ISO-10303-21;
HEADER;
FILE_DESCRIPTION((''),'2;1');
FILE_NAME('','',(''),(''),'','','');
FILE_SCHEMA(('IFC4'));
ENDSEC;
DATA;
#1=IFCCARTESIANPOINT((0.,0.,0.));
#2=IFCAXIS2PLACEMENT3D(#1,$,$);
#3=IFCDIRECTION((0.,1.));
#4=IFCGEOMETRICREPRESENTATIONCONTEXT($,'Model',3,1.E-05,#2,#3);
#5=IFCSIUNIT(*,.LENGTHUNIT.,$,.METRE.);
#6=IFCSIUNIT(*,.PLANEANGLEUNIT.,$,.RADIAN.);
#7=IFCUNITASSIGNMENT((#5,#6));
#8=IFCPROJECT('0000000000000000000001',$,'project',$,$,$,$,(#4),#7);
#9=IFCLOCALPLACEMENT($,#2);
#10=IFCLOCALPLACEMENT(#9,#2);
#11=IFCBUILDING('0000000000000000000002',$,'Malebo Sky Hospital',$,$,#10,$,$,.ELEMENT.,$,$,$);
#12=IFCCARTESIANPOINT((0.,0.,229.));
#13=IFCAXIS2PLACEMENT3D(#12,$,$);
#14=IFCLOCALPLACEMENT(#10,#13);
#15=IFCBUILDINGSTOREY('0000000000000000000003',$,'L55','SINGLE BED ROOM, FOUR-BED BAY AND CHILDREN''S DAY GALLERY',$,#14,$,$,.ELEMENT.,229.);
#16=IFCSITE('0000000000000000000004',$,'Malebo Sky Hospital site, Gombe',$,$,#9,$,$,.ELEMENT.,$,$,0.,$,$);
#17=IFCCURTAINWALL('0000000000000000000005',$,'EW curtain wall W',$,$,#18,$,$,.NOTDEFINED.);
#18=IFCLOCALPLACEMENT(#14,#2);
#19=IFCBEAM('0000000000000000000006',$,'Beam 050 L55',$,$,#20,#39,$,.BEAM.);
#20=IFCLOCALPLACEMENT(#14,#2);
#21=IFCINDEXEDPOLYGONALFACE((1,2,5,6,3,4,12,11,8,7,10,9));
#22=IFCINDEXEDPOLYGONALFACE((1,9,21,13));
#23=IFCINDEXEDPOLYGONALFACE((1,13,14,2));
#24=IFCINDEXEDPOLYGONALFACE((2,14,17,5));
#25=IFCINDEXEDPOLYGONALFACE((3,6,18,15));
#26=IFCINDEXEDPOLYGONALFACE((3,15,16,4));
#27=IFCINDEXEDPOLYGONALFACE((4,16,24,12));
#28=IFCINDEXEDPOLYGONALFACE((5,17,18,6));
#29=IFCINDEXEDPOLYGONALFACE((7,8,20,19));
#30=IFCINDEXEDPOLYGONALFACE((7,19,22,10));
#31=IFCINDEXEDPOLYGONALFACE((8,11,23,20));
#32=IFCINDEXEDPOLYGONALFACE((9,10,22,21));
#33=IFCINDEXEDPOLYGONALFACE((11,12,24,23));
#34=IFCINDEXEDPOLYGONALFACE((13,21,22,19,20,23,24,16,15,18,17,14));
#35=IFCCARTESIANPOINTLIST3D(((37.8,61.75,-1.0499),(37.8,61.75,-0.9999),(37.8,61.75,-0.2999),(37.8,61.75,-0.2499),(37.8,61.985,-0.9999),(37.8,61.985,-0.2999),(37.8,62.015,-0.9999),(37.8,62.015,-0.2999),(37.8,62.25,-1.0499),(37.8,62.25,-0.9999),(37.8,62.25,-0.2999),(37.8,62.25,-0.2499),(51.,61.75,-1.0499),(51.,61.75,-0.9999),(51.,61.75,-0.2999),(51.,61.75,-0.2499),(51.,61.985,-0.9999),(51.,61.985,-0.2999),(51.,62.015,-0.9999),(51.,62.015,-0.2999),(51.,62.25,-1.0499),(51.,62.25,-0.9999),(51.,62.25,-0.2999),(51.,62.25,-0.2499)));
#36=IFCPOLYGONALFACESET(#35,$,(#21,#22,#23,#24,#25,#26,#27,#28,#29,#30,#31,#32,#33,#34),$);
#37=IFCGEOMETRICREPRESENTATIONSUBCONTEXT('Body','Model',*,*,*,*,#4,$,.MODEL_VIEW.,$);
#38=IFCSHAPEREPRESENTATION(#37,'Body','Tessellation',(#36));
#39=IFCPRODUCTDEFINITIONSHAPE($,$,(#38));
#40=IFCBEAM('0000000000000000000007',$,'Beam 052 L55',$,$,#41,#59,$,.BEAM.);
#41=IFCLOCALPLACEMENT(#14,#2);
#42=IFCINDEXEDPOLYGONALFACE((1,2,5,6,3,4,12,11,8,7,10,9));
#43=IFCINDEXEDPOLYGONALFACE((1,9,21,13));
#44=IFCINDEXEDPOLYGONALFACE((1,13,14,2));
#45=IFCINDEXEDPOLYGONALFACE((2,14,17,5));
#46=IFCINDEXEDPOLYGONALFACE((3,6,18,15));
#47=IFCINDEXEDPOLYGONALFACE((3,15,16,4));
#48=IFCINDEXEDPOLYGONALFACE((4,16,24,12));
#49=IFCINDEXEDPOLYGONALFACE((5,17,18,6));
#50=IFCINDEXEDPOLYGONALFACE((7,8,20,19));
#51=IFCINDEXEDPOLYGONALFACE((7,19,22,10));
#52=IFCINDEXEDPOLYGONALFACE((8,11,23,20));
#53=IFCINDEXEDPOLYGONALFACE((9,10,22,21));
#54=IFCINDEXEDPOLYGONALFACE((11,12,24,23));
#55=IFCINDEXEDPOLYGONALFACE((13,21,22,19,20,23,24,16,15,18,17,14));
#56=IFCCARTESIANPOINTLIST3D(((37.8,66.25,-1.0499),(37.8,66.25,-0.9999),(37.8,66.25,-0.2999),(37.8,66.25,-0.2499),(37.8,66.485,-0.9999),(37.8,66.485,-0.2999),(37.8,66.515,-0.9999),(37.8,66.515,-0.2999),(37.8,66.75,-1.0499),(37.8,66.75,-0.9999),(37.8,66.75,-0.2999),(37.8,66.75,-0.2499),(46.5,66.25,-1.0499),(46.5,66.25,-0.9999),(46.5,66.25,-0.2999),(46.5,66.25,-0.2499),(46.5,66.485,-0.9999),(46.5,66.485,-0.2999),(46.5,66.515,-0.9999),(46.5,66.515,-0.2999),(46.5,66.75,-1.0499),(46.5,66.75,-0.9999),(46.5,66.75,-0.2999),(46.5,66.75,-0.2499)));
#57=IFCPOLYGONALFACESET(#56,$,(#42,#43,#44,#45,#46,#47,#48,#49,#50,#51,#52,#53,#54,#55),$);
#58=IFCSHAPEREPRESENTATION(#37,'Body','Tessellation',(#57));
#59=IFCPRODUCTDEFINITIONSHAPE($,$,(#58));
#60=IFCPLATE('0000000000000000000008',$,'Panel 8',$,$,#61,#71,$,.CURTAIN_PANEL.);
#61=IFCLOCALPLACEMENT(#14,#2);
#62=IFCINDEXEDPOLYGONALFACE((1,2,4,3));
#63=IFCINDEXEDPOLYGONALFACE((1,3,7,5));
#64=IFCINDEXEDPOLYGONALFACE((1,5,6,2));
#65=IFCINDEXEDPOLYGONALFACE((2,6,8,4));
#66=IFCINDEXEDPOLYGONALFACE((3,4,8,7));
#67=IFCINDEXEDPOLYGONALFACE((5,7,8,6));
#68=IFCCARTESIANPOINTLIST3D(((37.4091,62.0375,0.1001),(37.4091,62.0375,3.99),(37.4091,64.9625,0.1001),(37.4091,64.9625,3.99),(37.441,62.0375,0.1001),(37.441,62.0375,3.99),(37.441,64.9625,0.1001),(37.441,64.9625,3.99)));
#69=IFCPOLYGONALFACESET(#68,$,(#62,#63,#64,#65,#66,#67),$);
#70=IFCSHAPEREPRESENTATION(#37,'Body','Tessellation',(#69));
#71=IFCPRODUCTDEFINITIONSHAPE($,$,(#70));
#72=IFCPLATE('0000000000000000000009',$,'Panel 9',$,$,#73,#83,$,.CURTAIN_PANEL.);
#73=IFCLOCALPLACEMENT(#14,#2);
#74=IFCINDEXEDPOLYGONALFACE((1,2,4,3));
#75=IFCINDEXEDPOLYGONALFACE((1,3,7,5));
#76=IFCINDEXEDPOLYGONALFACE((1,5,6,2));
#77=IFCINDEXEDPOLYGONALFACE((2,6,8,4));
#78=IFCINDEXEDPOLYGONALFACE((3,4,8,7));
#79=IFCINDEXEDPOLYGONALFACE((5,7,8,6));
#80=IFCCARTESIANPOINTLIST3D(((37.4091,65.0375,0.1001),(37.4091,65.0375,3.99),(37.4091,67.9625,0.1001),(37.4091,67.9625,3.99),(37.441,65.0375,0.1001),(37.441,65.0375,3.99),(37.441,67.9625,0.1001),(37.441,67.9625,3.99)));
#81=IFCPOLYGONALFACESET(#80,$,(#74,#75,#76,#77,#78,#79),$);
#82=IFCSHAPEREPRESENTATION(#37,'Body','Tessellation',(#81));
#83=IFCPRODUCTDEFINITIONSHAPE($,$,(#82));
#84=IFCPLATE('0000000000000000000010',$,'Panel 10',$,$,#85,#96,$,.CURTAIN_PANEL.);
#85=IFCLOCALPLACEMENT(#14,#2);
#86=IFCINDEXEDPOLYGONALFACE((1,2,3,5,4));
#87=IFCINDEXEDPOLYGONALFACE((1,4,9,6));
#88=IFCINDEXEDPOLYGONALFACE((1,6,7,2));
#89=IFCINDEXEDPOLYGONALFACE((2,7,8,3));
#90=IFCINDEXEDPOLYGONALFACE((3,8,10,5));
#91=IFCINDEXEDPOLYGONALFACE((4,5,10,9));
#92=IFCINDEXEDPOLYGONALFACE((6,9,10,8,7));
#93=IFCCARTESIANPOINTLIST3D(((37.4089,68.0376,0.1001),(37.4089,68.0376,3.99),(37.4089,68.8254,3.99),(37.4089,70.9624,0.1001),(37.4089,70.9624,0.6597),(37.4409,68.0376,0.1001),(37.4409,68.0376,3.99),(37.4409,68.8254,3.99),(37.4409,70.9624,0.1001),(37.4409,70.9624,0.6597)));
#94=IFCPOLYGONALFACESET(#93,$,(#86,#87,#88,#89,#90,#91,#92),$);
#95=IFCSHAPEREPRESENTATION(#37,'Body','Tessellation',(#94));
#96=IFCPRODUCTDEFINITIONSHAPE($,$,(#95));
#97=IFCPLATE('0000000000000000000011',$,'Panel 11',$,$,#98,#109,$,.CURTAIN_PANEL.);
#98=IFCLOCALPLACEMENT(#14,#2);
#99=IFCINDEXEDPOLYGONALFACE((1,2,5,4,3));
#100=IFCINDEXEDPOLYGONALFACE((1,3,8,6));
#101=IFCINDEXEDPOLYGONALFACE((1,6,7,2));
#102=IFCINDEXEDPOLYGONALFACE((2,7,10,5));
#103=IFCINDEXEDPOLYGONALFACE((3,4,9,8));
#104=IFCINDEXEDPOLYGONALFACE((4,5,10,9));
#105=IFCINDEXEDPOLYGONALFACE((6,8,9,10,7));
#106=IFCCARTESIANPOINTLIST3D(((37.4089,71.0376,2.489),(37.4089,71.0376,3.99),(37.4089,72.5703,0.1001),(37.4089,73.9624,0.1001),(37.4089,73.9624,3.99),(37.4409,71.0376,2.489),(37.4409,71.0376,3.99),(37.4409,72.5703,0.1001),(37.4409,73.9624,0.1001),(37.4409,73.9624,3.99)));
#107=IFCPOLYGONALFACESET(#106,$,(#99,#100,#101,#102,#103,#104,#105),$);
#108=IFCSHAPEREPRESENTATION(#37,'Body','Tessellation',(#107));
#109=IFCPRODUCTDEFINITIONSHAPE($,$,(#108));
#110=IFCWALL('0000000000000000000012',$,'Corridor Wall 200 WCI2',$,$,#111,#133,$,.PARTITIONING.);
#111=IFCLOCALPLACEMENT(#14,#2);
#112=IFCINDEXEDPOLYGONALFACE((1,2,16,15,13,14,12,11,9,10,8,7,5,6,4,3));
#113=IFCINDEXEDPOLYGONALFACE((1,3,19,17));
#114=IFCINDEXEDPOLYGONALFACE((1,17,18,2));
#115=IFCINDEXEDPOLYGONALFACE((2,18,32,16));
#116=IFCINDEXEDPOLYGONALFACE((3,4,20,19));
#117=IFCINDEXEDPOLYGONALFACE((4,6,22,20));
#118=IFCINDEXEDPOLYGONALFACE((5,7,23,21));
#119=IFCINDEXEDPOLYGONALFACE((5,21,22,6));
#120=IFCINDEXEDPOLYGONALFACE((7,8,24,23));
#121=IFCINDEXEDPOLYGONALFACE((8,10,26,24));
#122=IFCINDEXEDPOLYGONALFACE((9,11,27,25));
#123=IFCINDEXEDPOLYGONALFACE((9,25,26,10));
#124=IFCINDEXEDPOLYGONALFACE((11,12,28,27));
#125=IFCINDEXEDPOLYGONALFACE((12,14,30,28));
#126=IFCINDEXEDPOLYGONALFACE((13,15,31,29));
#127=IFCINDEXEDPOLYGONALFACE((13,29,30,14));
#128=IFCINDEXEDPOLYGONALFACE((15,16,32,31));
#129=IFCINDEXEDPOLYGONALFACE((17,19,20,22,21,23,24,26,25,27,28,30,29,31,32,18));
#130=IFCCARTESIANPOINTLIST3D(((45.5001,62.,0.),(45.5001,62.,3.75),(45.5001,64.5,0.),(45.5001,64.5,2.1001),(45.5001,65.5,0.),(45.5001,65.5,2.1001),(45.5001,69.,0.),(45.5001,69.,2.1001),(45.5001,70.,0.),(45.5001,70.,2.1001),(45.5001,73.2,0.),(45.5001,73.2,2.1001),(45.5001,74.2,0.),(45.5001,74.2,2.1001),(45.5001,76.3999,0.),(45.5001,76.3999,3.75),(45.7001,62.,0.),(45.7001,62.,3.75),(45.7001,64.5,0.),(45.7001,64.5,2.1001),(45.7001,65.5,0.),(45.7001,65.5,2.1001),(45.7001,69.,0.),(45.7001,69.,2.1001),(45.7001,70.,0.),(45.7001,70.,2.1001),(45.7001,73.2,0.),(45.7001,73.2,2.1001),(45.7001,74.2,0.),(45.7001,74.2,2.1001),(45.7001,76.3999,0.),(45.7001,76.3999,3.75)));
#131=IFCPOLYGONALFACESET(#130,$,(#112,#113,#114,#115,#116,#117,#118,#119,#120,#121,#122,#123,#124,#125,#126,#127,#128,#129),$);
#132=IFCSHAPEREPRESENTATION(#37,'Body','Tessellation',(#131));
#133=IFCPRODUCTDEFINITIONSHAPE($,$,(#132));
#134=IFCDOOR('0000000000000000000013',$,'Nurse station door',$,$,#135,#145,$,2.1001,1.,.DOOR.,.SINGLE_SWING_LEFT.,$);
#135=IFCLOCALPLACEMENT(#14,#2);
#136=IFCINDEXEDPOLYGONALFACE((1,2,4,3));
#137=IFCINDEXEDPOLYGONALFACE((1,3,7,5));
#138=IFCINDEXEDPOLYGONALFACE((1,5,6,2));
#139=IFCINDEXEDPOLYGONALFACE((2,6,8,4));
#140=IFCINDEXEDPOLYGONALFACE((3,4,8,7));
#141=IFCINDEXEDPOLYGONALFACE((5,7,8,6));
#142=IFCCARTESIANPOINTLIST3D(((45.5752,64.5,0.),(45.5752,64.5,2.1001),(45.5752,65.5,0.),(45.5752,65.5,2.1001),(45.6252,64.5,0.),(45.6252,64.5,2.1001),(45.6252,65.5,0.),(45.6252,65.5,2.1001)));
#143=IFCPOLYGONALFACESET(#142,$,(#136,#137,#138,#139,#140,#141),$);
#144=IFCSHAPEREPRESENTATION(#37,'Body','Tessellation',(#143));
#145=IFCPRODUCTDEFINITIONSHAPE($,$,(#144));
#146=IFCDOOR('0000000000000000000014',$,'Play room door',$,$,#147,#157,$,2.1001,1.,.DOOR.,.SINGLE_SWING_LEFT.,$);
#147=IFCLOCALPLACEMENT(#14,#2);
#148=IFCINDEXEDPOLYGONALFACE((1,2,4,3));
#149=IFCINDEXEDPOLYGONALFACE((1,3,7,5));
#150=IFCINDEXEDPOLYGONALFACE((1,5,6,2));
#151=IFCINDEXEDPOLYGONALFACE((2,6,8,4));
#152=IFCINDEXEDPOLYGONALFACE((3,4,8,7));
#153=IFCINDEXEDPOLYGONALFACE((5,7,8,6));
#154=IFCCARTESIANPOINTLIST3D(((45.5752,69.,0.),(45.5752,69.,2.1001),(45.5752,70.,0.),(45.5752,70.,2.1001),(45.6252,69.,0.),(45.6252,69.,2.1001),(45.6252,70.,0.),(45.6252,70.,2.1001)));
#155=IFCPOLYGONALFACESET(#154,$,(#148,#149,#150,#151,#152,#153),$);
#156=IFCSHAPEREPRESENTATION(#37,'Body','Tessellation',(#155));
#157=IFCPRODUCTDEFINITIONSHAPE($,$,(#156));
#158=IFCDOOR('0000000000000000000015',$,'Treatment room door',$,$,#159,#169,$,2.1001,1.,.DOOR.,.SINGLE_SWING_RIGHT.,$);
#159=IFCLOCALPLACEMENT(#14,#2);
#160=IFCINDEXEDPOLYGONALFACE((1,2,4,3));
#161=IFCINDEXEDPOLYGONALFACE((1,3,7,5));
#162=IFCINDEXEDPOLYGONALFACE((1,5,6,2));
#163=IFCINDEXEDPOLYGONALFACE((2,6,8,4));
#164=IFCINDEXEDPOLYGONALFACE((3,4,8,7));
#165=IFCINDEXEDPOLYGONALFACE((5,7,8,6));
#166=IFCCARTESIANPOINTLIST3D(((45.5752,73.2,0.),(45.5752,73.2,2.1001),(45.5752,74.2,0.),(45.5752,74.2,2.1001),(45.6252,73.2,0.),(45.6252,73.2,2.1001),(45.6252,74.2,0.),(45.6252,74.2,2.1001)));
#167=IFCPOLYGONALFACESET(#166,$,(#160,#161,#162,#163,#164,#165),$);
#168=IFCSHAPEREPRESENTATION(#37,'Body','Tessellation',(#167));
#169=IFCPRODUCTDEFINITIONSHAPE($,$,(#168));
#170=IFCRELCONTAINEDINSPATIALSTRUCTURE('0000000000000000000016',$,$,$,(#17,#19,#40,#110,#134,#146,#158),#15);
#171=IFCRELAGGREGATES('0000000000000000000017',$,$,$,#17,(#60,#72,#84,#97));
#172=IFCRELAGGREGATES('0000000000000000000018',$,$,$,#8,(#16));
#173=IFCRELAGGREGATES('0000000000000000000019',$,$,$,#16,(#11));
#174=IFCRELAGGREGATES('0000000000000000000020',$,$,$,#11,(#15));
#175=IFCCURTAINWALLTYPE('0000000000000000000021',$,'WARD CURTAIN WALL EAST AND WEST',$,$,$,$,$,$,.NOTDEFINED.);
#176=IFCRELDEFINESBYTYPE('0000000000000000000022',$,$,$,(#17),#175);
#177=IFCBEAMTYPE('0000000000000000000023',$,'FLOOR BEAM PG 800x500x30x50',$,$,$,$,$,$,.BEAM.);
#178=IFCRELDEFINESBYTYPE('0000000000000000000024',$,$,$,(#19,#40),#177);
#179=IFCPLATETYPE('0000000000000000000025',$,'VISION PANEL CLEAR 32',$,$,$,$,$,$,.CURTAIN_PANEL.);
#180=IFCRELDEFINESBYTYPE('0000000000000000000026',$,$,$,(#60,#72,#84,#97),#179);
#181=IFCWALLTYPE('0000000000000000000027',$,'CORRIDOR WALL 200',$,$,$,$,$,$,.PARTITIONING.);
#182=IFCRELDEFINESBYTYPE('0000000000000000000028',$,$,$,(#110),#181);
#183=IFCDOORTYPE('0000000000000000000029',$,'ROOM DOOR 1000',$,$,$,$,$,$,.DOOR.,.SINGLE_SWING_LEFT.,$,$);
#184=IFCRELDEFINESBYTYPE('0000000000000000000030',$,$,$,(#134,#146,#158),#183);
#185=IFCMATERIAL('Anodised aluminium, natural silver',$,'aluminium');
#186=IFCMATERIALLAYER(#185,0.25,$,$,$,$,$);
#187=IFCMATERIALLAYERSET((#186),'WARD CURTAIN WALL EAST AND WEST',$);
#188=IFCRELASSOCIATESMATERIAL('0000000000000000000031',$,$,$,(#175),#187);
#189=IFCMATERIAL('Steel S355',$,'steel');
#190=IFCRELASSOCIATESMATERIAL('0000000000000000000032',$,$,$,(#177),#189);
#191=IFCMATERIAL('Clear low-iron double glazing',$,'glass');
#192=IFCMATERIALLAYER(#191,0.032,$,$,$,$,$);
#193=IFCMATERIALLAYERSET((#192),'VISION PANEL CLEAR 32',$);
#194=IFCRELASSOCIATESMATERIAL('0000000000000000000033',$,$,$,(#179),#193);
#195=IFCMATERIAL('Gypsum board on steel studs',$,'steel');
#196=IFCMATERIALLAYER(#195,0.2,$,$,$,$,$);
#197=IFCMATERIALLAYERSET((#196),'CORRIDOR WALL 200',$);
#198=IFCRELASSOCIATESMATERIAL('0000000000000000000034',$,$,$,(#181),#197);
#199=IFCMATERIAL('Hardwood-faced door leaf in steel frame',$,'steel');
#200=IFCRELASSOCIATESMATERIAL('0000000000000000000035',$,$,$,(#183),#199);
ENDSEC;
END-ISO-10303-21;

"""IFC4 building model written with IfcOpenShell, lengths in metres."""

from ifc_helpers import new_model, si_unit, direction, frame, frame_2d, origin, origin_2d, place, context, subcontext, project, spatial, polyline, rectangle, i_section, outline, extrude, material, layer, layer_set, material_profile, profile_set, type_object, element, fill, aggregate, save


model = new_model("IFC4")

# Units and contexts
model_context = context("Model", 3, precision=1e-05, world=origin(), true_north=direction((0.0, 1.0)))
body_context = subcontext(model_context, "Body", "Model", "MODEL_VIEW")
ifc_project = project(units=[si_unit("LENGTHUNIT", "METRE"), si_unit("PLANEANGLEUNIT", "RADIAN")], contexts=[model_context])

# Site, building, storey
site_placement = place(None, origin())
site = spatial("IfcSite", under=ifc_project, at=site_placement, Name="Malebo Sky Hospital site, Gombe", CompositionType="ELEMENT", RefElevation=0.0)
building_placement = place(site_placement, origin())
building = spatial("IfcBuilding", under=site, at=building_placement, Name="Malebo Sky Hospital", CompositionType="ELEMENT")
storey_placement = place(building_placement, frame((0.0, 0.0, 229.0)))
storey = spatial("IfcBuildingStorey", under=building, at=storey_placement, Name="L55", Description="SINGLE BED ROOM, FOUR-BED BAY AND CHILDREN'S DAY GALLERY", CompositionType="ELEMENT", Elevation=229.0)

# Curtain wall
ifc_material_1 = material(Name="Anodised aluminium, natural silver", Category="aluminium")
ifc_layer_1 = layer(ifc_material_1, 0.25)
ifc_layer_set_1 = layer_set([ifc_layer_1], Name="WARD CURTAIN WALL EAST AND WEST")
curtain_wall_type = type_object("IfcCurtainWallType", Name="WARD CURTAIN WALL EAST AND WEST", PredefinedType="NOTDEFINED", material=ifc_layer_set_1)
curtain_wall_placement = place(storey_placement, origin())
curtain_wall = element("IfcCurtainWall", 1, at=curtain_wall_placement, inside=storey, type_object=curtain_wall_type, Name="EW curtain wall W", PredefinedType="NOTDEFINED")

# Shared definitions
ifc_material_2 = material(Name="Steel S355", Category="steel")

# Beams
ifc_material_profile_1 = material_profile(ifc_material_2, i_section(OverallWidth=0.5, OverallDepth=0.8, WebThickness=0.03, FlangeThickness=0.05, at=origin_2d()), Name="PG 800x500x30x50")
ifc_profile_set_1 = profile_set([ifc_material_profile_1], Name="Steel S355")
beam_type_1 = type_object("IfcBeamType", Name="FLOOR BEAM PG 800x500x30x50", PredefinedType="BEAM", material=ifc_profile_set_1)
beam_1_placement = place(storey_placement, frame((37.8, 62.0, -0.6499), z_axis=(1.0, 0.0, 0.0), x_axis=(0.0, 1.0, 0.0)))
element("IfcBeam", 2, at=beam_1_placement, inside=storey, type_object=beam_type_1, Name="Beam 050 L55", PredefinedType="BEAM", context=body_context, shape_type="SweptSolid", body=[
    extrude(i_section(OverallWidth=0.5, OverallDepth=0.8, WebThickness=0.03, FlangeThickness=0.05, at=origin_2d()), origin(), (0.0, 0.0, 1.0), 13.2),
])
beam_2_placement = place(storey_placement, frame((37.8, 66.5, -0.6499), z_axis=(1.0, 0.0, 0.0), x_axis=(0.0, 1.0, 0.0)))
element("IfcBeam", 3, at=beam_2_placement, inside=storey, type_object=beam_type_1, Name="Beam 052 L55", PredefinedType="BEAM", context=body_context, shape_type="SweptSolid", body=[
    extrude(i_section(OverallWidth=0.5, OverallDepth=0.8, WebThickness=0.03, FlangeThickness=0.05, at=origin_2d()), origin(), (0.0, 0.0, 1.0), 8.7),
])

# Plates
ifc_material_3 = material(Name="Clear low-iron double glazing", Category="glass")
ifc_layer_2 = layer(ifc_material_3, 0.032)
ifc_layer_set_2 = layer_set([ifc_layer_2], Name="VISION PANEL CLEAR 32")
plate_type = type_object("IfcPlateType", Name="VISION PANEL CLEAR 32", PredefinedType="CURTAIN_PANEL", material=ifc_layer_set_2)
plate_1_placement = place(storey_placement, frame((37.425, 63.5, 0.1001), z_axis=(0.0, 0.0, 1.0), x_axis=(0.0, 1.0, 0.0)))
plate_1 = element("IfcPlate", 4, at=plate_1_placement, type_object=plate_type, Name="Panel 8", PredefinedType="CURTAIN_PANEL", context=body_context, shape_type="SweptSolid", body=[
    extrude(rectangle(XDim=2.925, YDim=0.032, at=origin_2d()), origin(), (0.0, 0.0, 1.0), 3.8899),
])
plate_2_placement = place(storey_placement, frame((37.425, 66.5, 0.1001), z_axis=(0.0, 0.0, 1.0), x_axis=(0.0, 1.0, 0.0)))
plate_2 = element("IfcPlate", 5, at=plate_2_placement, type_object=plate_type, Name="Panel 9", PredefinedType="CURTAIN_PANEL", context=body_context, shape_type="SweptSolid", body=[
    extrude(rectangle(XDim=2.925, YDim=0.032, at=origin_2d()), origin(), (0.0, 0.0, 1.0), 3.8899),
])
plate_3_placement = place(storey_placement, frame((37.425, 69.5, 0.1001), z_axis=(0.0, 0.0, 1.0), x_axis=(0.0, 1.0, 0.0)))
plate_3 = element("IfcPlate", 6, at=plate_3_placement, type_object=plate_type, Name="Panel 10", PredefinedType="CURTAIN_PANEL", context=body_context, shape_type="SweptSolid", body=[
    extrude(outline(polyline([(-1.4624, 0.0), (1.4624, 0.0), (1.4624, 0.5596), (-0.6746, 3.8899), (-1.4624, 3.8899), (-1.4624, 0.0)])), frame((0.0, 0.0161, 0.0), z_axis=(0.0, -1.0, 0.0), x_axis=(1.0, 0.0, 0.0)), (0.0, 0.0, 1.0), 0.032),
])
plate_4_placement = place(storey_placement, frame((37.425, 72.5, 0.1001), z_axis=(0.0, 0.0, 1.0), x_axis=(0.0, 1.0, 0.0)))
plate_4 = element("IfcPlate", 7, at=plate_4_placement, type_object=plate_type, Name="Panel 11", PredefinedType="CURTAIN_PANEL", context=body_context, shape_type="SweptSolid", body=[
    extrude(outline(polyline([(0.0703, 0.0), (1.4624, 0.0), (1.4624, 3.8899), (-1.4624, 3.8899), (-1.4624, 2.3889), (0.0703, 0.0)])), frame((0.0, 0.0161, 0.0), z_axis=(0.0, -1.0, 0.0), x_axis=(1.0, 0.0, 0.0)), (0.0, 0.0, 1.0), 0.032),
])
aggregate(curtain_wall, [plate_1, plate_2, plate_3, plate_4])

# Wall, openings, doors
ifc_material_4 = material(Name="Gypsum board on steel studs", Category="steel")
ifc_layer_3 = layer(ifc_material_4, 0.2)
ifc_layer_set_3 = layer_set([ifc_layer_3], Name="CORRIDOR WALL 200")
wall_type_1 = type_object("IfcWallType", Name="CORRIDOR WALL 200", PredefinedType="PARTITIONING", material=ifc_layer_set_3)
wall_1_placement = place(storey_placement, frame((45.6001, 62.0, 0.0), z_axis=(0.0, 0.0, 1.0), x_axis=(0.0, 1.0, 0.0)))
wall_1 = element("IfcWall", 8, at=wall_1_placement, inside=storey, type_object=wall_type_1, Name="Corridor Wall 200 WCI2", PredefinedType="PARTITIONING", context=body_context, shape_type="SweptSolid", body=[
    extrude(rectangle(XDim=14.3999, YDim=0.2, at=frame_2d((7.2, 0.0))), origin(), (0.0, 0.0, 1.0), 3.75),
])
opening_1_placement = place(wall_1_placement, frame((2.5, 0.0, 0.0)))
opening_1 = element("IfcOpeningElement", 9, at=opening_1_placement, cuts=wall_1, PredefinedType="OPENING", context=body_context, shape_type="SweptSolid", body=[
    extrude(rectangle(XDim=1.0, YDim=2.1001, at=frame_2d((0.5, 1.05))), frame((0.0, 0.1099, 0.0), z_axis=(0.0, -1.0, 0.0), x_axis=(1.0, 0.0, 0.0)), (0.0, 0.0, 1.0), 0.22),
])
opening_2_placement = place(wall_1_placement, frame((7.0, 0.0, 0.0)))
opening_2 = element("IfcOpeningElement", 10, at=opening_2_placement, cuts=wall_1, PredefinedType="OPENING", context=body_context, shape_type="SweptSolid", body=[
    extrude(rectangle(XDim=1.0, YDim=2.1001, at=frame_2d((0.5, 1.05))), frame((0.0, 0.1099, 0.0), z_axis=(0.0, -1.0, 0.0), x_axis=(1.0, 0.0, 0.0)), (0.0, 0.0, 1.0), 0.22),
])
opening_3_placement = place(wall_1_placement, frame((11.2, 0.0, 0.0)))
opening_3 = element("IfcOpeningElement", 11, at=opening_3_placement, cuts=wall_1, PredefinedType="OPENING", context=body_context, shape_type="SweptSolid", body=[
    extrude(rectangle(XDim=1.0, YDim=2.1001, at=frame_2d((0.5, 1.05))), frame((0.0, 0.1099, 0.0), z_axis=(0.0, -1.0, 0.0), x_axis=(1.0, 0.0, 0.0)), (0.0, 0.0, 1.0), 0.22),
])
ifc_material_5 = material(Name="Hardwood-faced door leaf in steel frame", Category="steel")
door_type_1 = type_object("IfcDoorType", Name="ROOM DOOR 1000", OperationType="SINGLE_SWING_LEFT", PredefinedType="DOOR", material=ifc_material_5)
door_1_placement = place(opening_1_placement, origin())
door_1 = element("IfcDoor", 12, at=door_1_placement, inside=storey, type_object=door_type_1, Name="Nurse station door", OperationType="SINGLE_SWING_LEFT", OverallHeight=2.1001, OverallWidth=1.0, PredefinedType="DOOR", context=body_context, shape_type="SweptSolid", body=[
    extrude(rectangle(XDim=1.0, YDim=2.1001, at=frame_2d((0.5, 1.05))), frame((0.0, 0.0249, 0.0), z_axis=(0.0, -1.0, 0.0), x_axis=(1.0, 0.0, 0.0)), (0.0, 0.0, 1.0), 0.05),
])
fill(opening_1, door_1)
door_2_placement = place(opening_2_placement, origin())
door_2 = element("IfcDoor", 13, at=door_2_placement, inside=storey, type_object=door_type_1, Name="Play room door", OperationType="SINGLE_SWING_LEFT", OverallHeight=2.1001, OverallWidth=1.0, PredefinedType="DOOR", context=body_context, shape_type="SweptSolid", body=[
    extrude(rectangle(XDim=1.0, YDim=2.1001, at=frame_2d((0.5, 1.05))), frame((0.0, 0.0249, 0.0), z_axis=(0.0, -1.0, 0.0), x_axis=(1.0, 0.0, 0.0)), (0.0, 0.0, 1.0), 0.05),
])
fill(opening_2, door_2)
door_3_placement = place(opening_3_placement, origin())
door_3 = element("IfcDoor", 14, at=door_3_placement, inside=storey, type_object=door_type_1, Name="Treatment room door", OperationType="SINGLE_SWING_RIGHT", OverallHeight=2.1001, OverallWidth=1.0, PredefinedType="DOOR", context=body_context, shape_type="SweptSolid", body=[
    extrude(rectangle(XDim=1.0, YDim=2.1001, at=frame_2d((0.5, 1.05))), frame((0.0, 0.0249, 0.0), z_axis=(0.0, -1.0, 0.0), x_axis=(1.0, 0.0, 0.0)), (0.0, 0.0, 1.0), 0.05),
])
fill(opening_3, door_3)

save(model, "model.ifc")
